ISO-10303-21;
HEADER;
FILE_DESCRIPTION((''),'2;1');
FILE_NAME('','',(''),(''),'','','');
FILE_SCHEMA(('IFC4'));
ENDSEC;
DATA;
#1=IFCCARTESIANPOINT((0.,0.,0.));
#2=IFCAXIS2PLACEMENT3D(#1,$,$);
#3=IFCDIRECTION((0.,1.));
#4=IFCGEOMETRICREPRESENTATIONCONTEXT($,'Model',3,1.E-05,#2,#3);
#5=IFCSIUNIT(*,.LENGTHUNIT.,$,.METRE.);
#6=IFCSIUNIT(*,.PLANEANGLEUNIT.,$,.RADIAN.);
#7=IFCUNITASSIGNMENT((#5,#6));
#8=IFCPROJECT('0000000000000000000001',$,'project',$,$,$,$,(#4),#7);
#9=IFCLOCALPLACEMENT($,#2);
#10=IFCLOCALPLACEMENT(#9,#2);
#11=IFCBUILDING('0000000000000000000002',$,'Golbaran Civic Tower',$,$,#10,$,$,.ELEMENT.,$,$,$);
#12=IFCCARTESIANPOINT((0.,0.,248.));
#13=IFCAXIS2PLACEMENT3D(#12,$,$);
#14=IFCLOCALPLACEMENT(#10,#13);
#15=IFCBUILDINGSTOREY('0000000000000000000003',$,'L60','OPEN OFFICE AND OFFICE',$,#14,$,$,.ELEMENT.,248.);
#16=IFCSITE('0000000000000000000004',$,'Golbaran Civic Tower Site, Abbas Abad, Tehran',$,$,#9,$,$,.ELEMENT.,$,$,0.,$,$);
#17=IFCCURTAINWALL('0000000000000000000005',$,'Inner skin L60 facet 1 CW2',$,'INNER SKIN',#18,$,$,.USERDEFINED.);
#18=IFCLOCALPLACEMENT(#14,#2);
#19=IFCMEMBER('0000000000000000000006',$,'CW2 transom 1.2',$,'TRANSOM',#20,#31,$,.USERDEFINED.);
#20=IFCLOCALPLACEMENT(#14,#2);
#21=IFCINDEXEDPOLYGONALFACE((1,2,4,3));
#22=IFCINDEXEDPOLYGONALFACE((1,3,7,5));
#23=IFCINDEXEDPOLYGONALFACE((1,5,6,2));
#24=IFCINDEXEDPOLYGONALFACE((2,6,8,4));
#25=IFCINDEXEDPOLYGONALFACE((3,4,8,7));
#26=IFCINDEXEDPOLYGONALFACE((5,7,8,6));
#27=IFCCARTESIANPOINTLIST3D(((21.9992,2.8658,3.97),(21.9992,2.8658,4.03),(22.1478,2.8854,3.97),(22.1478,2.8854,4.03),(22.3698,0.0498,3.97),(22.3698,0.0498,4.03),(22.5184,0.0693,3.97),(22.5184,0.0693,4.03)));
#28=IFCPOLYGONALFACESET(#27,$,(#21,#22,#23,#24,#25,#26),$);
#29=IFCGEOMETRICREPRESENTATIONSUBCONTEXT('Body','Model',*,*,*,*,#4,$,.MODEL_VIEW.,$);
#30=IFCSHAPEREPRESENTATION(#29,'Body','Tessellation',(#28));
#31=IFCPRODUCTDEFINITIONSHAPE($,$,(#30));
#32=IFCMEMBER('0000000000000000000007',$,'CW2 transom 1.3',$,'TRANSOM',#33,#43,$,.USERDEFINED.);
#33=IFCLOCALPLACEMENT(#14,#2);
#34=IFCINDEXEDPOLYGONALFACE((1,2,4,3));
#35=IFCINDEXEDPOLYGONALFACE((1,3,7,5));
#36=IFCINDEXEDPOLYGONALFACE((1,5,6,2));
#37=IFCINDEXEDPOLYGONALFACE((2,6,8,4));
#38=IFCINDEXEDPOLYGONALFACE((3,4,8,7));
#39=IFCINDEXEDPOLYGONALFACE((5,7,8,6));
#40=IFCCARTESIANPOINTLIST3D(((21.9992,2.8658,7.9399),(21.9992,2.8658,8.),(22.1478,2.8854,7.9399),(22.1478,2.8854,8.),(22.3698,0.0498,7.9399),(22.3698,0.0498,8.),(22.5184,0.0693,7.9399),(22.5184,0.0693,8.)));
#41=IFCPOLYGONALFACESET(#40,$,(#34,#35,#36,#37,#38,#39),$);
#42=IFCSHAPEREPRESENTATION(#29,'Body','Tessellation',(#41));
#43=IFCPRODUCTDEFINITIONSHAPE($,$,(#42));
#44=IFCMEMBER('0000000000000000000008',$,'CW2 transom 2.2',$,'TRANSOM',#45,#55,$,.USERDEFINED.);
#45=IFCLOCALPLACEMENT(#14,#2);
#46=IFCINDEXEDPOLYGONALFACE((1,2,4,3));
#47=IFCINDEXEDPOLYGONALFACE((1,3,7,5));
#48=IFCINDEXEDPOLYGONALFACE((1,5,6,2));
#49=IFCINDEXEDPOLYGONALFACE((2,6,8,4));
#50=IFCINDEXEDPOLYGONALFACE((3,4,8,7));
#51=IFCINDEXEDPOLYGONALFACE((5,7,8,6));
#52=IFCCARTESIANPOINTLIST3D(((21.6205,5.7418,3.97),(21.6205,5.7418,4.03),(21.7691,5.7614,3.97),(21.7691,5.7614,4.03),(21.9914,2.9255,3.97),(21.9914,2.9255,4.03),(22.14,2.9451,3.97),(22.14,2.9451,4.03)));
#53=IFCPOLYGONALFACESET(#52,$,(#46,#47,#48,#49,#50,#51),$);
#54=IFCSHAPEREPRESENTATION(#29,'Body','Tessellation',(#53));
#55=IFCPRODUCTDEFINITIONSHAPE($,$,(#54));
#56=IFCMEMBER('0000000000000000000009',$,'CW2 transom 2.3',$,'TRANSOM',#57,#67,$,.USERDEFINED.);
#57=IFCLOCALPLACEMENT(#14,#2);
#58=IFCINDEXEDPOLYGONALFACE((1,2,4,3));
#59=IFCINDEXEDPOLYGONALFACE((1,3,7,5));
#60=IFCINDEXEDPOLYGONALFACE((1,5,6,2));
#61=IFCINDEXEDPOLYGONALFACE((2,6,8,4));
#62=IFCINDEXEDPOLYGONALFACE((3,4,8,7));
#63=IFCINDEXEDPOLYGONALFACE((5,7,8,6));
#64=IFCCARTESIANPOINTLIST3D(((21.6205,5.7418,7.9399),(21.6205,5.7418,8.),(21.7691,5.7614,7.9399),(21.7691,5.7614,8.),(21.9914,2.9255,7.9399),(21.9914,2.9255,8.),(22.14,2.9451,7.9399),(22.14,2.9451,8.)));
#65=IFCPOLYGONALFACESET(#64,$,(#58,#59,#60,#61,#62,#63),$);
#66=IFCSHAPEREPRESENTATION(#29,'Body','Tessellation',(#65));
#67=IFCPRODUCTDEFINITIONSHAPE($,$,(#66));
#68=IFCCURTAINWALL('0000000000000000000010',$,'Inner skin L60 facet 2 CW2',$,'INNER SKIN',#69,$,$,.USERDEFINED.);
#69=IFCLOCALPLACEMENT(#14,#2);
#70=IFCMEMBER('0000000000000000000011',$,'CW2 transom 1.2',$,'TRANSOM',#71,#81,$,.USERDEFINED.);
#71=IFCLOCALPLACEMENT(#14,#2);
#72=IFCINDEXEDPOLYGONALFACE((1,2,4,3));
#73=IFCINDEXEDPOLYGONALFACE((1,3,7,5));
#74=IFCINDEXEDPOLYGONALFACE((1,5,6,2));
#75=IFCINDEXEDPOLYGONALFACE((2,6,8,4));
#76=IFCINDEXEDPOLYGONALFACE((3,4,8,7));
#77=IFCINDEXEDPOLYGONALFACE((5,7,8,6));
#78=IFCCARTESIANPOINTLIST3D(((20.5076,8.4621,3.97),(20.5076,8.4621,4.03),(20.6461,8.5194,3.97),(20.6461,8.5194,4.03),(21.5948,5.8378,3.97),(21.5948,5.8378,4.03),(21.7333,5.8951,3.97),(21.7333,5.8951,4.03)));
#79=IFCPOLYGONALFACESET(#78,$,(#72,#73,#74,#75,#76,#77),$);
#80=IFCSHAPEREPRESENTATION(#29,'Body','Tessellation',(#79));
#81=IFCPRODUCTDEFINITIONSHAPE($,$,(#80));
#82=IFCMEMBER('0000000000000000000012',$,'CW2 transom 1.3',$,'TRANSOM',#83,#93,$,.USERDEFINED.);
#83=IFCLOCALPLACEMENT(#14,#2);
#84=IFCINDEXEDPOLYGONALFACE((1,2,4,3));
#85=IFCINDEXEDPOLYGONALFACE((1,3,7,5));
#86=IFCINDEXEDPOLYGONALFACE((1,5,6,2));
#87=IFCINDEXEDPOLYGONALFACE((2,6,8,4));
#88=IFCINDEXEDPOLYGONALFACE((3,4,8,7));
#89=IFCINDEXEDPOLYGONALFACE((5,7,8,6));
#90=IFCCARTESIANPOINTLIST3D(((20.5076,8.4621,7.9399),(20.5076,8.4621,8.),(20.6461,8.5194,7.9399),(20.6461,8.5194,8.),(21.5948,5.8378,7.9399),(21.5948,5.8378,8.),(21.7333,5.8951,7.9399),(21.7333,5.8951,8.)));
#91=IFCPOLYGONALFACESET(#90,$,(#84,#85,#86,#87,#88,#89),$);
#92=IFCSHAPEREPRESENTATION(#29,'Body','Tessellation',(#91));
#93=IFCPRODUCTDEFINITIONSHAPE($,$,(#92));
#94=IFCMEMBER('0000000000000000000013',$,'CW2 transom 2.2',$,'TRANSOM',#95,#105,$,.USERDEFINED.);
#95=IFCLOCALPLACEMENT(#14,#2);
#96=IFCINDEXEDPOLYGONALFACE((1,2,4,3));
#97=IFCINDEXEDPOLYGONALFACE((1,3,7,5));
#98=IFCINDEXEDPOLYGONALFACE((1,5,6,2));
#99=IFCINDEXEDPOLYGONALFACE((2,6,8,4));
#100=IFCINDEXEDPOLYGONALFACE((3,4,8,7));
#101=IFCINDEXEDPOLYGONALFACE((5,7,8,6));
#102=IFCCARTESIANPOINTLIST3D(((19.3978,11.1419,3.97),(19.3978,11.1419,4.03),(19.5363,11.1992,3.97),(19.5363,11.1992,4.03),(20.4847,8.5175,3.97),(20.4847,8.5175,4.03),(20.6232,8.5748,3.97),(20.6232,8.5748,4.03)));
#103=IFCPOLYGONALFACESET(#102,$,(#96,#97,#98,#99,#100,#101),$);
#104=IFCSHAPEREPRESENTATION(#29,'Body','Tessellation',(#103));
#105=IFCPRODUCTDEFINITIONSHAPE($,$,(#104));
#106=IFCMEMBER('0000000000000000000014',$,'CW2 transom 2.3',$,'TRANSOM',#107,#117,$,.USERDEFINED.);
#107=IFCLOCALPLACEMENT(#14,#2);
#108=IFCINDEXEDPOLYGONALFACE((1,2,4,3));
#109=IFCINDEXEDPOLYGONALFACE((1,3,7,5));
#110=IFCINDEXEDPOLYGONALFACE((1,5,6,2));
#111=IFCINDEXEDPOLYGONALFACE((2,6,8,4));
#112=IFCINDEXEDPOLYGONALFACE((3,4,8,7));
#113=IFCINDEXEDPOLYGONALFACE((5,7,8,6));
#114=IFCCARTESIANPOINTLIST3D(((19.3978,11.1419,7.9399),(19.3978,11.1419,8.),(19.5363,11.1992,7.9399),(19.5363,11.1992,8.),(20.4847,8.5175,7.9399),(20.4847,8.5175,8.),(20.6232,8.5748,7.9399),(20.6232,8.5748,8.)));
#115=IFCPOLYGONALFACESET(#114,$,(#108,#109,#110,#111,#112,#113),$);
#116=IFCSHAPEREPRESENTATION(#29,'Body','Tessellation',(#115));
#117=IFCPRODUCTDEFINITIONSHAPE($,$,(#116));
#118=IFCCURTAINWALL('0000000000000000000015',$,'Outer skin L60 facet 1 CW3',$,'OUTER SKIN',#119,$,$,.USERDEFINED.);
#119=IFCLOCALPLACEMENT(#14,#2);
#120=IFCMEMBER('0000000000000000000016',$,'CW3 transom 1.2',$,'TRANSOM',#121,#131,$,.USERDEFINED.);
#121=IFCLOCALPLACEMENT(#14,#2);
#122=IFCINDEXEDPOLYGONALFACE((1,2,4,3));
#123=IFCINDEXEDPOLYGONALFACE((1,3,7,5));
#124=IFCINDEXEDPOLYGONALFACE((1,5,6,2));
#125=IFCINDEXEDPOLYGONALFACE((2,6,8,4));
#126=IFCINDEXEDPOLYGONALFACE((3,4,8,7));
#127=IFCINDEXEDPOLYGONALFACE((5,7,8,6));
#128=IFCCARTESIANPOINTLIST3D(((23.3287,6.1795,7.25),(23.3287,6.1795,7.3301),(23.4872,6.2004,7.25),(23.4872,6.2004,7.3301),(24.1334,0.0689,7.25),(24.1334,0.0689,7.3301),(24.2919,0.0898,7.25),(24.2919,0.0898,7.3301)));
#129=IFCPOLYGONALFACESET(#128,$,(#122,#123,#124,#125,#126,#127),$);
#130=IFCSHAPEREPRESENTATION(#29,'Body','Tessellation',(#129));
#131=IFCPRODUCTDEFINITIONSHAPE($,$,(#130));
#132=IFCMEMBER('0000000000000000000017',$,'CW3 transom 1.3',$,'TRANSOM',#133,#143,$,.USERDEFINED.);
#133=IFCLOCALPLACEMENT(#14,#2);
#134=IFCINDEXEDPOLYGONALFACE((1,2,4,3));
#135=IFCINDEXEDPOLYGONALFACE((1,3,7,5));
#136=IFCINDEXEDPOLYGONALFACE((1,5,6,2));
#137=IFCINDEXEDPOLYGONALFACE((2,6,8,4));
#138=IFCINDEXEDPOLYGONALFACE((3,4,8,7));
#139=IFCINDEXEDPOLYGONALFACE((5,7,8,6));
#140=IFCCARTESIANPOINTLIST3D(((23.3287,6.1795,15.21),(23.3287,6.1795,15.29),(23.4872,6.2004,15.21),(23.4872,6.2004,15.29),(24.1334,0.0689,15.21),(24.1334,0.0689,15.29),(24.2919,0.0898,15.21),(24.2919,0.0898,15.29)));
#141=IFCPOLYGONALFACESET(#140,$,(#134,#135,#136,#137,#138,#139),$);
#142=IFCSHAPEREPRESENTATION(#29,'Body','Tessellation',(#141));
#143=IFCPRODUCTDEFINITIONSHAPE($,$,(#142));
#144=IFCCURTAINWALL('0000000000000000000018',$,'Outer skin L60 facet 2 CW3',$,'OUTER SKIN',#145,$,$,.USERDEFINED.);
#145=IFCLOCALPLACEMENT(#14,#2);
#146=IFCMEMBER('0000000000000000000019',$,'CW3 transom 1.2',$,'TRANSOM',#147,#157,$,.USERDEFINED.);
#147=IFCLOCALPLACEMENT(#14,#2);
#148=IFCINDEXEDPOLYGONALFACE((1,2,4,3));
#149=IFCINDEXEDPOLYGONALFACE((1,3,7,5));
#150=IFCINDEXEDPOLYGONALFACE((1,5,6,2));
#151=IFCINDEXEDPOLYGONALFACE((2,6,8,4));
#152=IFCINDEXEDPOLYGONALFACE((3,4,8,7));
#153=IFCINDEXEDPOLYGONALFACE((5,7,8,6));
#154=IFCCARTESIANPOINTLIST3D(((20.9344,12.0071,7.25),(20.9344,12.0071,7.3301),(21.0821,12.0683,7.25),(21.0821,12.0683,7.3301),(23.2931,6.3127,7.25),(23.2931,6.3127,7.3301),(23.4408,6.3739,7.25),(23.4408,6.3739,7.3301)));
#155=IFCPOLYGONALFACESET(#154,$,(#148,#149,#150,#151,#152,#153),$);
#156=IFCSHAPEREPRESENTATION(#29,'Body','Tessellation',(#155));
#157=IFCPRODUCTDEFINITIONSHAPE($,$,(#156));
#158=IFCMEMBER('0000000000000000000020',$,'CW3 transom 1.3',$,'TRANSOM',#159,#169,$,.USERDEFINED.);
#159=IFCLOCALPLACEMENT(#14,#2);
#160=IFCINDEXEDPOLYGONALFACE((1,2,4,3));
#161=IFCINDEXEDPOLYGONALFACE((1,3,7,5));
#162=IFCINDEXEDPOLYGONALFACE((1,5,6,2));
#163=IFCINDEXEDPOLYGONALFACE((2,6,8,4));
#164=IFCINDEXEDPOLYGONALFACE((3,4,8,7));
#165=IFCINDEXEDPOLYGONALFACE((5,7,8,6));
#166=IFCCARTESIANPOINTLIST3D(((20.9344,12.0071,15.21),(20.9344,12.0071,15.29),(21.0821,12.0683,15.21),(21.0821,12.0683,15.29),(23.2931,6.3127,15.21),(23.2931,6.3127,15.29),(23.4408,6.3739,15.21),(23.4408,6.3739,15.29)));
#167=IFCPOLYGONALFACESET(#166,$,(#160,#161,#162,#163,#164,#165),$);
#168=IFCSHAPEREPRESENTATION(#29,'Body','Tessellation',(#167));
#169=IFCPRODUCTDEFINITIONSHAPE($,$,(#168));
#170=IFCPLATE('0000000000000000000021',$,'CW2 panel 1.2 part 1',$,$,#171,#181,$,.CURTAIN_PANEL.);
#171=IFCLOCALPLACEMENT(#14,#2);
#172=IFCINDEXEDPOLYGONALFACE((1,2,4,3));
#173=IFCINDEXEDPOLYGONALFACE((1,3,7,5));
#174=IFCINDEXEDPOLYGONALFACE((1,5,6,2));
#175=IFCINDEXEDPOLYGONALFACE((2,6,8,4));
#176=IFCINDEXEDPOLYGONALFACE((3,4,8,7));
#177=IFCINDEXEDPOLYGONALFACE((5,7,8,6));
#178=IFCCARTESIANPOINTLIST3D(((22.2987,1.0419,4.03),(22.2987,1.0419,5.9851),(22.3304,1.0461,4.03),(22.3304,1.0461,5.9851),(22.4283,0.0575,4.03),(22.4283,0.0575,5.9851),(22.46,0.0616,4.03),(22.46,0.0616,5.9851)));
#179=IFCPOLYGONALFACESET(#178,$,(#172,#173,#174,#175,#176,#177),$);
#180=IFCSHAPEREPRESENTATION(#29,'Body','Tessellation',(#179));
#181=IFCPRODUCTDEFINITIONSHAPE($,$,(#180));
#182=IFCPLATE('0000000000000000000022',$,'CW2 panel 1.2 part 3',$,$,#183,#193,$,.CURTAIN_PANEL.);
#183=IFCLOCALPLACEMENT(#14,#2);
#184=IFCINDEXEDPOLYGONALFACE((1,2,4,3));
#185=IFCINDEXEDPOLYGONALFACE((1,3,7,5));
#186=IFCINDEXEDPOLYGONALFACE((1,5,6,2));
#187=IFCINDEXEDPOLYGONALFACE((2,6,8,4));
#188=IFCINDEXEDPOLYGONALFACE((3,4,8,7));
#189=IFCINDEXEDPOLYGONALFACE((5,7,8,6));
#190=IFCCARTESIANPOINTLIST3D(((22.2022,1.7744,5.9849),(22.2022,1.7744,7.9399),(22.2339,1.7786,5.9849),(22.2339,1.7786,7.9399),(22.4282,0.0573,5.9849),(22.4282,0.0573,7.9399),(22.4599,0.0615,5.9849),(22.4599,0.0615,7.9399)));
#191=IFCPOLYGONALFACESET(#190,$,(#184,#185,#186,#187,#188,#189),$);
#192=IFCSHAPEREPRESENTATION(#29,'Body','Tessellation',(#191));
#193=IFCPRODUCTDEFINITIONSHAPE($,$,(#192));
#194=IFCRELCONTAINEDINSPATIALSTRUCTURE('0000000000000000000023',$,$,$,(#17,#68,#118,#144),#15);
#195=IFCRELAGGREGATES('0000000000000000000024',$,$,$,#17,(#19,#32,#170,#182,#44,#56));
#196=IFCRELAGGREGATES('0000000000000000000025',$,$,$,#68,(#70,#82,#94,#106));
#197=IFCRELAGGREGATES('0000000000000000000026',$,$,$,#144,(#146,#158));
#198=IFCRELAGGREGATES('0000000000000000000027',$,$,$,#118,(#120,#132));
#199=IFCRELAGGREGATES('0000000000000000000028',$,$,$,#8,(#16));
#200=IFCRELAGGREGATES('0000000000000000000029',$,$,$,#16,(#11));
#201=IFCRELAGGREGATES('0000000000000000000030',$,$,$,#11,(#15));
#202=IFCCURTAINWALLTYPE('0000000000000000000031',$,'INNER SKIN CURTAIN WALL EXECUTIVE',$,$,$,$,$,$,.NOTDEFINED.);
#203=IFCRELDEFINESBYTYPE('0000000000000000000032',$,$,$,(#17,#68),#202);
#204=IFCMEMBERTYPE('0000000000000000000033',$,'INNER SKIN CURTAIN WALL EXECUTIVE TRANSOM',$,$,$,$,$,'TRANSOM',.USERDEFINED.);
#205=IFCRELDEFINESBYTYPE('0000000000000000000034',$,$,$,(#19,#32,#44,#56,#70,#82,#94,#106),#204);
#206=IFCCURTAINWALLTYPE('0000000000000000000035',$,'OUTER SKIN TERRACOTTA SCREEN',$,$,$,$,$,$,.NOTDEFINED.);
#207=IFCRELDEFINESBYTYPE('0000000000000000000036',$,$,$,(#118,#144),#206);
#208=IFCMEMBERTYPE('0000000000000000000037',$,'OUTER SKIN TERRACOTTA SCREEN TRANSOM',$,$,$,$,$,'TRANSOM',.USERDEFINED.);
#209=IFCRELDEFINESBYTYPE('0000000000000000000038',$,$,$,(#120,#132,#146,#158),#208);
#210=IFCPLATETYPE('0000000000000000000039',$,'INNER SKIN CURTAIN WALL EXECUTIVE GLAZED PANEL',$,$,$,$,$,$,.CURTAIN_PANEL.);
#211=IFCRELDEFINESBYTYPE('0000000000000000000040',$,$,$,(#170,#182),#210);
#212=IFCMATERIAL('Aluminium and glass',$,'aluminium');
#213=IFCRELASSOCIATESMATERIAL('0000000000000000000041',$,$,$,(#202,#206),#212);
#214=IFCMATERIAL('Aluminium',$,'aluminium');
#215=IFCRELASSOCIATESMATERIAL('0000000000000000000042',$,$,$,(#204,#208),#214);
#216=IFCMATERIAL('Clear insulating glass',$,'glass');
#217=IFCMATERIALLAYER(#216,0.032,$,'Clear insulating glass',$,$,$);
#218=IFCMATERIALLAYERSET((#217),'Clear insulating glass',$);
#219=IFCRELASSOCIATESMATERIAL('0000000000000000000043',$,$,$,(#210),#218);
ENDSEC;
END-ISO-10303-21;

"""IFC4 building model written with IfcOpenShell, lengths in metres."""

from ifc_helpers import new_model, si_unit, direction, frame, origin, origin_2d, place, context, subcontext, project, spatial, rectangle, extrude, material, layer, layer_set, material_profile, profile_set, type_object, element, aggregate, save


model = new_model("IFC4")

# Units and contexts
model_context = context("Model", 3, precision=1e-05, world=origin(), true_north=direction((0.0, 1.0)))
body_context = subcontext(model_context, "Body", "Model", "MODEL_VIEW")
ifc_project = project(units=[si_unit("LENGTHUNIT", "METRE"), si_unit("PLANEANGLEUNIT", "RADIAN")], contexts=[model_context])

# Site, building, storey
site_placement = place(None, origin())
site = spatial("IfcSite", under=ifc_project, at=site_placement, Name="Golbaran Civic Tower Site, Abbas Abad, Tehran", CompositionType="ELEMENT", RefElevation=0.0)
building_placement = place(site_placement, origin())
building = spatial("IfcBuilding", under=site, at=building_placement, Name="Golbaran Civic Tower", CompositionType="ELEMENT")
storey_placement = place(building_placement, frame((0.0, 0.0, 248.0)))
storey = spatial("IfcBuildingStorey", under=building, at=storey_placement, Name="L60", Description="OPEN OFFICE AND OFFICE", CompositionType="ELEMENT", Elevation=248.0)

# Curtain walls, members
ifc_material_1 = material(Name="Aluminium and glass", Category="aluminium")
curtain_wall_type_1 = type_object("IfcCurtainWallType", Name="INNER SKIN CURTAIN WALL EXECUTIVE", PredefinedType="NOTDEFINED", material=ifc_material_1)
curtain_wall_1_placement = place(storey_placement, origin())
curtain_wall_1 = element("IfcCurtainWall", 1, at=curtain_wall_1_placement, inside=storey, type_object=curtain_wall_type_1, Name="Inner skin L60 facet 1 CW2", ObjectType="INNER SKIN", PredefinedType="USERDEFINED")
ifc_material_2 = material(Name="Aluminium", Category="aluminium")
ifc_material_profile_1 = material_profile(ifc_material_2, rectangle(XDim=0.1499, YDim=0.0601, at=origin_2d()), Name="INNER SKIN CURTAIN WALL EXECUTIVE TRANSOM")
ifc_profile_set_1 = profile_set([ifc_material_profile_1], Name="Aluminium")
member_type_1 = type_object("IfcMemberType", Name="INNER SKIN CURTAIN WALL EXECUTIVE TRANSOM", ElementType="TRANSOM", PredefinedType="USERDEFINED", material=ifc_profile_set_1)
member_1_placement = place(storey_placement, frame((22.4441, 0.0596, 4.0), z_axis=(-0.130475, 0.991452, 0.0), x_axis=(-0.991452, -0.130475, 0.0)))
member_1 = element("IfcMember", 2, at=member_1_placement, type_object=member_type_1, Name="CW2 transom 1.2", ObjectType="TRANSOM", PredefinedType="USERDEFINED", context=body_context, shape_type="SweptSolid", body=[
    extrude(rectangle(XDim=0.1499, YDim=0.0601, at=origin_2d()), origin(), (0.0, 0.0, 1.0), 2.8403),
])
member_2_placement = place(storey_placement, frame((22.4441, 0.0596, 7.97), z_axis=(-0.130475, 0.991452, 0.0), x_axis=(-0.991452, -0.130475, 0.0)))
member_2 = element("IfcMember", 3, at=member_2_placement, type_object=member_type_1, Name="CW2 transom 1.3", ObjectType="TRANSOM", PredefinedType="USERDEFINED", context=body_context, shape_type="SweptSolid", body=[
    extrude(rectangle(XDim=0.1499, YDim=0.0601, at=origin_2d()), origin(), (0.0, 0.0, 1.0), 2.8403),
])
member_3_placement = place(storey_placement, frame((22.0657, 2.9353, 4.0), z_axis=(-0.130559, 0.991441, 0.0), x_axis=(-0.991441, -0.130559, 0.0)))
member_3 = element("IfcMember", 4, at=member_3_placement, type_object=member_type_1, Name="CW2 transom 2.2", ObjectType="TRANSOM", PredefinedType="USERDEFINED", context=body_context, shape_type="SweptSolid", body=[
    extrude(rectangle(XDim=0.1499, YDim=0.0601, at=origin_2d()), origin(), (0.0, 0.0, 1.0), 2.8406),
])
member_4_placement = place(storey_placement, frame((22.0657, 2.9353, 7.97), z_axis=(-0.130559, 0.991441, 0.0), x_axis=(-0.991441, -0.130559, 0.0)))
member_4 = element("IfcMember", 5, at=member_4_placement, type_object=member_type_1, Name="CW2 transom 2.3", ObjectType="TRANSOM", PredefinedType="USERDEFINED", context=body_context, shape_type="SweptSolid", body=[
    extrude(rectangle(XDim=0.1499, YDim=0.0601, at=origin_2d()), origin(), (0.0, 0.0, 1.0), 2.8406),
])
curtain_wall_2_placement = place(storey_placement, origin())
curtain_wall_2 = element("IfcCurtainWall", 6, at=curtain_wall_2_placement, inside=storey, type_object=curtain_wall_type_1, Name="Inner skin L60 facet 2 CW2", ObjectType="INNER SKIN", PredefinedType="USERDEFINED")
member_5_placement = place(storey_placement, frame((21.6641, 5.8665, 4.0), z_axis=(-0.382729, 0.923861, 0.0), x_axis=(-0.923861, -0.382729, 0.0)))
member_5 = element("IfcMember", 7, at=member_5_placement, type_object=member_type_1, Name="CW2 transom 1.2", ObjectType="TRANSOM", PredefinedType="USERDEFINED", context=body_context, shape_type="SweptSolid", body=[
    extrude(rectangle(XDim=0.1499, YDim=0.0601, at=origin_2d()), origin(), (0.0, 0.0, 1.0), 2.8406),
])
member_6_placement = place(storey_placement, frame((21.6641, 5.8665, 7.97), z_axis=(-0.382729, 0.923861, 0.0), x_axis=(-0.923861, -0.382729, 0.0)))
member_6 = element("IfcMember", 8, at=member_6_placement, type_object=member_type_1, Name="CW2 transom 1.3", ObjectType="TRANSOM", PredefinedType="USERDEFINED", context=body_context, shape_type="SweptSolid", body=[
    extrude(rectangle(XDim=0.1499, YDim=0.0601, at=origin_2d()), origin(), (0.0, 0.0, 1.0), 2.8406),
])
member_7_placement = place(storey_placement, frame((20.554, 8.5461, 4.0), z_axis=(-0.382625, 0.923904, 0.0), x_axis=(-0.923904, -0.382625, 0.0)))
member_7 = element("IfcMember", 9, at=member_7_placement, type_object=member_type_1, Name="CW2 transom 2.2", ObjectType="TRANSOM", PredefinedType="USERDEFINED", context=body_context, shape_type="SweptSolid", body=[
    extrude(rectangle(XDim=0.1499, YDim=0.0601, at=origin_2d()), origin(), (0.0, 0.0, 1.0), 2.8406),
])
member_8_placement = place(storey_placement, frame((20.554, 8.5461, 7.97), z_axis=(-0.382625, 0.923904, 0.0), x_axis=(-0.923904, -0.382625, 0.0)))
member_8 = element("IfcMember", 10, at=member_8_placement, type_object=member_type_1, Name="CW2 transom 2.3", ObjectType="TRANSOM", PredefinedType="USERDEFINED", context=body_context, shape_type="SweptSolid", body=[
    extrude(rectangle(XDim=0.1499, YDim=0.0601, at=origin_2d()), origin(), (0.0, 0.0, 1.0), 2.8406),
])
curtain_wall_type_2 = type_object("IfcCurtainWallType", Name="OUTER SKIN TERRACOTTA SCREEN", PredefinedType="NOTDEFINED", material=ifc_material_1)
curtain_wall_3_placement = place(storey_placement, origin())
curtain_wall_3 = element("IfcCurtainWall", 11, at=curtain_wall_3_placement, inside=storey, type_object=curtain_wall_type_2, Name="Outer skin L60 facet 1 CW3", ObjectType="OUTER SKIN", PredefinedType="USERDEFINED")
ifc_material_profile_2 = material_profile(ifc_material_2, rectangle(XDim=0.1599, YDim=0.0801, at=origin_2d()), Name="OUTER SKIN TERRACOTTA SCREEN TRANSOM")
ifc_profile_set_2 = profile_set([ifc_material_profile_2], Name="Aluminium")
member_type_2 = type_object("IfcMemberType", Name="OUTER SKIN TERRACOTTA SCREEN TRANSOM", ElementType="TRANSOM", PredefinedType="USERDEFINED", material=ifc_profile_set_2)
member_9_placement = place(storey_placement, frame((24.2126, 0.0793, 7.29), z_axis=(-0.13056, 0.99144, 0.0), x_axis=(-0.99144, -0.13056, 0.0)))
member_9 = element("IfcMember", 12, at=member_9_placement, type_object=member_type_2, Name="CW3 transom 1.2", ObjectType="TRANSOM", PredefinedType="USERDEFINED", context=body_context, shape_type="SweptSolid", body=[
    extrude(rectangle(XDim=0.1599, YDim=0.0801, at=origin_2d()), origin(), (0.0, 0.0, 1.0), 6.1633),
])
member_10_placement = place(storey_placement, frame((24.2126, 0.0793, 15.25), z_axis=(-0.13056, 0.99144, 0.0), x_axis=(-0.99144, -0.13056, 0.0)))
member_10 = element("IfcMember", 13, at=member_10_placement, type_object=member_type_2, Name="CW3 transom 1.3", ObjectType="TRANSOM", PredefinedType="USERDEFINED", context=body_context, shape_type="SweptSolid", body=[
    extrude(rectangle(XDim=0.1599, YDim=0.0801, at=origin_2d()), origin(), (0.0, 0.0, 1.0), 6.1633),
])
curtain_wall_4_placement = place(storey_placement, origin())
curtain_wall_4 = element("IfcCurtainWall", 14, at=curtain_wall_4_placement, inside=storey, type_object=curtain_wall_type_2, Name="Outer skin L60 facet 2 CW3", ObjectType="OUTER SKIN", PredefinedType="USERDEFINED")
member_11_placement = place(storey_placement, frame((23.3669, 6.3433, 7.29), z_axis=(-0.382679, 0.923881, 0.0), x_axis=(-0.923881, -0.382679, 0.0)))
member_11 = element("IfcMember", 15, at=member_11_placement, type_object=member_type_2, Name="CW3 transom 1.2", ObjectType="TRANSOM", PredefinedType="USERDEFINED", context=body_context, shape_type="SweptSolid", body=[
    extrude(rectangle(XDim=0.1599, YDim=0.0801, at=origin_2d()), origin(), (0.0, 0.0, 1.0), 6.1636),
])
member_12_placement = place(storey_placement, frame((23.3669, 6.3433, 15.25), z_axis=(-0.382679, 0.923881, 0.0), x_axis=(-0.923881, -0.382679, 0.0)))
member_12 = element("IfcMember", 16, at=member_12_placement, type_object=member_type_2, Name="CW3 transom 1.3", ObjectType="TRANSOM", PredefinedType="USERDEFINED", context=body_context, shape_type="SweptSolid", body=[
    extrude(rectangle(XDim=0.1599, YDim=0.0801, at=origin_2d()), origin(), (0.0, 0.0, 1.0), 6.1636),
])

# Plates
ifc_material_3 = material(Name="Clear insulating glass", Category="glass")
ifc_layer_1 = layer(ifc_material_3, 0.032, Name="Clear insulating glass")
ifc_layer_set_1 = layer_set([ifc_layer_1], Name="Clear insulating glass")
plate_type_1 = type_object("IfcPlateType", Name="INNER SKIN CURTAIN WALL EXECUTIVE GLAZED PANEL", PredefinedType="CURTAIN_PANEL", material=ifc_layer_set_1)
plate_1_placement = place(storey_placement, frame((22.3794, 0.5518, 4.03), z_axis=(0.0, 0.0, 1.0), x_axis=(-0.130526, 0.991445, 0.0)))
plate_1 = element("IfcPlate", 17, at=plate_1_placement, type_object=plate_type_1, Name="CW2 panel 1.2 part 1", PredefinedType="CURTAIN_PANEL", context=body_context, shape_type="SweptSolid", body=[
    extrude(rectangle(XDim=0.9929, YDim=0.032, at=origin_2d()), origin(), (0.0, 0.0, 1.0), 1.9551),
])
plate_2_placement = place(storey_placement, frame((22.3311, 0.918, 5.9849), z_axis=(0.0, 0.0, 1.0), x_axis=(-0.130526, 0.991445, 0.0)))
plate_2 = element("IfcPlate", 18, at=plate_2_placement, type_object=plate_type_1, Name="CW2 panel 1.2 part 3", PredefinedType="CURTAIN_PANEL", context=body_context, shape_type="SweptSolid", body=[
    extrude(rectangle(XDim=1.7319, YDim=0.032, at=origin_2d()), origin(), (0.0, 0.0, 1.0), 1.9551),
])
aggregate(curtain_wall_1, [member_1, member_2, plate_1, plate_2, member_3, member_4])
aggregate(curtain_wall_2, [member_5, member_6, member_7, member_8])
aggregate(curtain_wall_4, [member_11, member_12])
aggregate(curtain_wall_3, [member_9, member_10])

save(model, "model.ifc")
